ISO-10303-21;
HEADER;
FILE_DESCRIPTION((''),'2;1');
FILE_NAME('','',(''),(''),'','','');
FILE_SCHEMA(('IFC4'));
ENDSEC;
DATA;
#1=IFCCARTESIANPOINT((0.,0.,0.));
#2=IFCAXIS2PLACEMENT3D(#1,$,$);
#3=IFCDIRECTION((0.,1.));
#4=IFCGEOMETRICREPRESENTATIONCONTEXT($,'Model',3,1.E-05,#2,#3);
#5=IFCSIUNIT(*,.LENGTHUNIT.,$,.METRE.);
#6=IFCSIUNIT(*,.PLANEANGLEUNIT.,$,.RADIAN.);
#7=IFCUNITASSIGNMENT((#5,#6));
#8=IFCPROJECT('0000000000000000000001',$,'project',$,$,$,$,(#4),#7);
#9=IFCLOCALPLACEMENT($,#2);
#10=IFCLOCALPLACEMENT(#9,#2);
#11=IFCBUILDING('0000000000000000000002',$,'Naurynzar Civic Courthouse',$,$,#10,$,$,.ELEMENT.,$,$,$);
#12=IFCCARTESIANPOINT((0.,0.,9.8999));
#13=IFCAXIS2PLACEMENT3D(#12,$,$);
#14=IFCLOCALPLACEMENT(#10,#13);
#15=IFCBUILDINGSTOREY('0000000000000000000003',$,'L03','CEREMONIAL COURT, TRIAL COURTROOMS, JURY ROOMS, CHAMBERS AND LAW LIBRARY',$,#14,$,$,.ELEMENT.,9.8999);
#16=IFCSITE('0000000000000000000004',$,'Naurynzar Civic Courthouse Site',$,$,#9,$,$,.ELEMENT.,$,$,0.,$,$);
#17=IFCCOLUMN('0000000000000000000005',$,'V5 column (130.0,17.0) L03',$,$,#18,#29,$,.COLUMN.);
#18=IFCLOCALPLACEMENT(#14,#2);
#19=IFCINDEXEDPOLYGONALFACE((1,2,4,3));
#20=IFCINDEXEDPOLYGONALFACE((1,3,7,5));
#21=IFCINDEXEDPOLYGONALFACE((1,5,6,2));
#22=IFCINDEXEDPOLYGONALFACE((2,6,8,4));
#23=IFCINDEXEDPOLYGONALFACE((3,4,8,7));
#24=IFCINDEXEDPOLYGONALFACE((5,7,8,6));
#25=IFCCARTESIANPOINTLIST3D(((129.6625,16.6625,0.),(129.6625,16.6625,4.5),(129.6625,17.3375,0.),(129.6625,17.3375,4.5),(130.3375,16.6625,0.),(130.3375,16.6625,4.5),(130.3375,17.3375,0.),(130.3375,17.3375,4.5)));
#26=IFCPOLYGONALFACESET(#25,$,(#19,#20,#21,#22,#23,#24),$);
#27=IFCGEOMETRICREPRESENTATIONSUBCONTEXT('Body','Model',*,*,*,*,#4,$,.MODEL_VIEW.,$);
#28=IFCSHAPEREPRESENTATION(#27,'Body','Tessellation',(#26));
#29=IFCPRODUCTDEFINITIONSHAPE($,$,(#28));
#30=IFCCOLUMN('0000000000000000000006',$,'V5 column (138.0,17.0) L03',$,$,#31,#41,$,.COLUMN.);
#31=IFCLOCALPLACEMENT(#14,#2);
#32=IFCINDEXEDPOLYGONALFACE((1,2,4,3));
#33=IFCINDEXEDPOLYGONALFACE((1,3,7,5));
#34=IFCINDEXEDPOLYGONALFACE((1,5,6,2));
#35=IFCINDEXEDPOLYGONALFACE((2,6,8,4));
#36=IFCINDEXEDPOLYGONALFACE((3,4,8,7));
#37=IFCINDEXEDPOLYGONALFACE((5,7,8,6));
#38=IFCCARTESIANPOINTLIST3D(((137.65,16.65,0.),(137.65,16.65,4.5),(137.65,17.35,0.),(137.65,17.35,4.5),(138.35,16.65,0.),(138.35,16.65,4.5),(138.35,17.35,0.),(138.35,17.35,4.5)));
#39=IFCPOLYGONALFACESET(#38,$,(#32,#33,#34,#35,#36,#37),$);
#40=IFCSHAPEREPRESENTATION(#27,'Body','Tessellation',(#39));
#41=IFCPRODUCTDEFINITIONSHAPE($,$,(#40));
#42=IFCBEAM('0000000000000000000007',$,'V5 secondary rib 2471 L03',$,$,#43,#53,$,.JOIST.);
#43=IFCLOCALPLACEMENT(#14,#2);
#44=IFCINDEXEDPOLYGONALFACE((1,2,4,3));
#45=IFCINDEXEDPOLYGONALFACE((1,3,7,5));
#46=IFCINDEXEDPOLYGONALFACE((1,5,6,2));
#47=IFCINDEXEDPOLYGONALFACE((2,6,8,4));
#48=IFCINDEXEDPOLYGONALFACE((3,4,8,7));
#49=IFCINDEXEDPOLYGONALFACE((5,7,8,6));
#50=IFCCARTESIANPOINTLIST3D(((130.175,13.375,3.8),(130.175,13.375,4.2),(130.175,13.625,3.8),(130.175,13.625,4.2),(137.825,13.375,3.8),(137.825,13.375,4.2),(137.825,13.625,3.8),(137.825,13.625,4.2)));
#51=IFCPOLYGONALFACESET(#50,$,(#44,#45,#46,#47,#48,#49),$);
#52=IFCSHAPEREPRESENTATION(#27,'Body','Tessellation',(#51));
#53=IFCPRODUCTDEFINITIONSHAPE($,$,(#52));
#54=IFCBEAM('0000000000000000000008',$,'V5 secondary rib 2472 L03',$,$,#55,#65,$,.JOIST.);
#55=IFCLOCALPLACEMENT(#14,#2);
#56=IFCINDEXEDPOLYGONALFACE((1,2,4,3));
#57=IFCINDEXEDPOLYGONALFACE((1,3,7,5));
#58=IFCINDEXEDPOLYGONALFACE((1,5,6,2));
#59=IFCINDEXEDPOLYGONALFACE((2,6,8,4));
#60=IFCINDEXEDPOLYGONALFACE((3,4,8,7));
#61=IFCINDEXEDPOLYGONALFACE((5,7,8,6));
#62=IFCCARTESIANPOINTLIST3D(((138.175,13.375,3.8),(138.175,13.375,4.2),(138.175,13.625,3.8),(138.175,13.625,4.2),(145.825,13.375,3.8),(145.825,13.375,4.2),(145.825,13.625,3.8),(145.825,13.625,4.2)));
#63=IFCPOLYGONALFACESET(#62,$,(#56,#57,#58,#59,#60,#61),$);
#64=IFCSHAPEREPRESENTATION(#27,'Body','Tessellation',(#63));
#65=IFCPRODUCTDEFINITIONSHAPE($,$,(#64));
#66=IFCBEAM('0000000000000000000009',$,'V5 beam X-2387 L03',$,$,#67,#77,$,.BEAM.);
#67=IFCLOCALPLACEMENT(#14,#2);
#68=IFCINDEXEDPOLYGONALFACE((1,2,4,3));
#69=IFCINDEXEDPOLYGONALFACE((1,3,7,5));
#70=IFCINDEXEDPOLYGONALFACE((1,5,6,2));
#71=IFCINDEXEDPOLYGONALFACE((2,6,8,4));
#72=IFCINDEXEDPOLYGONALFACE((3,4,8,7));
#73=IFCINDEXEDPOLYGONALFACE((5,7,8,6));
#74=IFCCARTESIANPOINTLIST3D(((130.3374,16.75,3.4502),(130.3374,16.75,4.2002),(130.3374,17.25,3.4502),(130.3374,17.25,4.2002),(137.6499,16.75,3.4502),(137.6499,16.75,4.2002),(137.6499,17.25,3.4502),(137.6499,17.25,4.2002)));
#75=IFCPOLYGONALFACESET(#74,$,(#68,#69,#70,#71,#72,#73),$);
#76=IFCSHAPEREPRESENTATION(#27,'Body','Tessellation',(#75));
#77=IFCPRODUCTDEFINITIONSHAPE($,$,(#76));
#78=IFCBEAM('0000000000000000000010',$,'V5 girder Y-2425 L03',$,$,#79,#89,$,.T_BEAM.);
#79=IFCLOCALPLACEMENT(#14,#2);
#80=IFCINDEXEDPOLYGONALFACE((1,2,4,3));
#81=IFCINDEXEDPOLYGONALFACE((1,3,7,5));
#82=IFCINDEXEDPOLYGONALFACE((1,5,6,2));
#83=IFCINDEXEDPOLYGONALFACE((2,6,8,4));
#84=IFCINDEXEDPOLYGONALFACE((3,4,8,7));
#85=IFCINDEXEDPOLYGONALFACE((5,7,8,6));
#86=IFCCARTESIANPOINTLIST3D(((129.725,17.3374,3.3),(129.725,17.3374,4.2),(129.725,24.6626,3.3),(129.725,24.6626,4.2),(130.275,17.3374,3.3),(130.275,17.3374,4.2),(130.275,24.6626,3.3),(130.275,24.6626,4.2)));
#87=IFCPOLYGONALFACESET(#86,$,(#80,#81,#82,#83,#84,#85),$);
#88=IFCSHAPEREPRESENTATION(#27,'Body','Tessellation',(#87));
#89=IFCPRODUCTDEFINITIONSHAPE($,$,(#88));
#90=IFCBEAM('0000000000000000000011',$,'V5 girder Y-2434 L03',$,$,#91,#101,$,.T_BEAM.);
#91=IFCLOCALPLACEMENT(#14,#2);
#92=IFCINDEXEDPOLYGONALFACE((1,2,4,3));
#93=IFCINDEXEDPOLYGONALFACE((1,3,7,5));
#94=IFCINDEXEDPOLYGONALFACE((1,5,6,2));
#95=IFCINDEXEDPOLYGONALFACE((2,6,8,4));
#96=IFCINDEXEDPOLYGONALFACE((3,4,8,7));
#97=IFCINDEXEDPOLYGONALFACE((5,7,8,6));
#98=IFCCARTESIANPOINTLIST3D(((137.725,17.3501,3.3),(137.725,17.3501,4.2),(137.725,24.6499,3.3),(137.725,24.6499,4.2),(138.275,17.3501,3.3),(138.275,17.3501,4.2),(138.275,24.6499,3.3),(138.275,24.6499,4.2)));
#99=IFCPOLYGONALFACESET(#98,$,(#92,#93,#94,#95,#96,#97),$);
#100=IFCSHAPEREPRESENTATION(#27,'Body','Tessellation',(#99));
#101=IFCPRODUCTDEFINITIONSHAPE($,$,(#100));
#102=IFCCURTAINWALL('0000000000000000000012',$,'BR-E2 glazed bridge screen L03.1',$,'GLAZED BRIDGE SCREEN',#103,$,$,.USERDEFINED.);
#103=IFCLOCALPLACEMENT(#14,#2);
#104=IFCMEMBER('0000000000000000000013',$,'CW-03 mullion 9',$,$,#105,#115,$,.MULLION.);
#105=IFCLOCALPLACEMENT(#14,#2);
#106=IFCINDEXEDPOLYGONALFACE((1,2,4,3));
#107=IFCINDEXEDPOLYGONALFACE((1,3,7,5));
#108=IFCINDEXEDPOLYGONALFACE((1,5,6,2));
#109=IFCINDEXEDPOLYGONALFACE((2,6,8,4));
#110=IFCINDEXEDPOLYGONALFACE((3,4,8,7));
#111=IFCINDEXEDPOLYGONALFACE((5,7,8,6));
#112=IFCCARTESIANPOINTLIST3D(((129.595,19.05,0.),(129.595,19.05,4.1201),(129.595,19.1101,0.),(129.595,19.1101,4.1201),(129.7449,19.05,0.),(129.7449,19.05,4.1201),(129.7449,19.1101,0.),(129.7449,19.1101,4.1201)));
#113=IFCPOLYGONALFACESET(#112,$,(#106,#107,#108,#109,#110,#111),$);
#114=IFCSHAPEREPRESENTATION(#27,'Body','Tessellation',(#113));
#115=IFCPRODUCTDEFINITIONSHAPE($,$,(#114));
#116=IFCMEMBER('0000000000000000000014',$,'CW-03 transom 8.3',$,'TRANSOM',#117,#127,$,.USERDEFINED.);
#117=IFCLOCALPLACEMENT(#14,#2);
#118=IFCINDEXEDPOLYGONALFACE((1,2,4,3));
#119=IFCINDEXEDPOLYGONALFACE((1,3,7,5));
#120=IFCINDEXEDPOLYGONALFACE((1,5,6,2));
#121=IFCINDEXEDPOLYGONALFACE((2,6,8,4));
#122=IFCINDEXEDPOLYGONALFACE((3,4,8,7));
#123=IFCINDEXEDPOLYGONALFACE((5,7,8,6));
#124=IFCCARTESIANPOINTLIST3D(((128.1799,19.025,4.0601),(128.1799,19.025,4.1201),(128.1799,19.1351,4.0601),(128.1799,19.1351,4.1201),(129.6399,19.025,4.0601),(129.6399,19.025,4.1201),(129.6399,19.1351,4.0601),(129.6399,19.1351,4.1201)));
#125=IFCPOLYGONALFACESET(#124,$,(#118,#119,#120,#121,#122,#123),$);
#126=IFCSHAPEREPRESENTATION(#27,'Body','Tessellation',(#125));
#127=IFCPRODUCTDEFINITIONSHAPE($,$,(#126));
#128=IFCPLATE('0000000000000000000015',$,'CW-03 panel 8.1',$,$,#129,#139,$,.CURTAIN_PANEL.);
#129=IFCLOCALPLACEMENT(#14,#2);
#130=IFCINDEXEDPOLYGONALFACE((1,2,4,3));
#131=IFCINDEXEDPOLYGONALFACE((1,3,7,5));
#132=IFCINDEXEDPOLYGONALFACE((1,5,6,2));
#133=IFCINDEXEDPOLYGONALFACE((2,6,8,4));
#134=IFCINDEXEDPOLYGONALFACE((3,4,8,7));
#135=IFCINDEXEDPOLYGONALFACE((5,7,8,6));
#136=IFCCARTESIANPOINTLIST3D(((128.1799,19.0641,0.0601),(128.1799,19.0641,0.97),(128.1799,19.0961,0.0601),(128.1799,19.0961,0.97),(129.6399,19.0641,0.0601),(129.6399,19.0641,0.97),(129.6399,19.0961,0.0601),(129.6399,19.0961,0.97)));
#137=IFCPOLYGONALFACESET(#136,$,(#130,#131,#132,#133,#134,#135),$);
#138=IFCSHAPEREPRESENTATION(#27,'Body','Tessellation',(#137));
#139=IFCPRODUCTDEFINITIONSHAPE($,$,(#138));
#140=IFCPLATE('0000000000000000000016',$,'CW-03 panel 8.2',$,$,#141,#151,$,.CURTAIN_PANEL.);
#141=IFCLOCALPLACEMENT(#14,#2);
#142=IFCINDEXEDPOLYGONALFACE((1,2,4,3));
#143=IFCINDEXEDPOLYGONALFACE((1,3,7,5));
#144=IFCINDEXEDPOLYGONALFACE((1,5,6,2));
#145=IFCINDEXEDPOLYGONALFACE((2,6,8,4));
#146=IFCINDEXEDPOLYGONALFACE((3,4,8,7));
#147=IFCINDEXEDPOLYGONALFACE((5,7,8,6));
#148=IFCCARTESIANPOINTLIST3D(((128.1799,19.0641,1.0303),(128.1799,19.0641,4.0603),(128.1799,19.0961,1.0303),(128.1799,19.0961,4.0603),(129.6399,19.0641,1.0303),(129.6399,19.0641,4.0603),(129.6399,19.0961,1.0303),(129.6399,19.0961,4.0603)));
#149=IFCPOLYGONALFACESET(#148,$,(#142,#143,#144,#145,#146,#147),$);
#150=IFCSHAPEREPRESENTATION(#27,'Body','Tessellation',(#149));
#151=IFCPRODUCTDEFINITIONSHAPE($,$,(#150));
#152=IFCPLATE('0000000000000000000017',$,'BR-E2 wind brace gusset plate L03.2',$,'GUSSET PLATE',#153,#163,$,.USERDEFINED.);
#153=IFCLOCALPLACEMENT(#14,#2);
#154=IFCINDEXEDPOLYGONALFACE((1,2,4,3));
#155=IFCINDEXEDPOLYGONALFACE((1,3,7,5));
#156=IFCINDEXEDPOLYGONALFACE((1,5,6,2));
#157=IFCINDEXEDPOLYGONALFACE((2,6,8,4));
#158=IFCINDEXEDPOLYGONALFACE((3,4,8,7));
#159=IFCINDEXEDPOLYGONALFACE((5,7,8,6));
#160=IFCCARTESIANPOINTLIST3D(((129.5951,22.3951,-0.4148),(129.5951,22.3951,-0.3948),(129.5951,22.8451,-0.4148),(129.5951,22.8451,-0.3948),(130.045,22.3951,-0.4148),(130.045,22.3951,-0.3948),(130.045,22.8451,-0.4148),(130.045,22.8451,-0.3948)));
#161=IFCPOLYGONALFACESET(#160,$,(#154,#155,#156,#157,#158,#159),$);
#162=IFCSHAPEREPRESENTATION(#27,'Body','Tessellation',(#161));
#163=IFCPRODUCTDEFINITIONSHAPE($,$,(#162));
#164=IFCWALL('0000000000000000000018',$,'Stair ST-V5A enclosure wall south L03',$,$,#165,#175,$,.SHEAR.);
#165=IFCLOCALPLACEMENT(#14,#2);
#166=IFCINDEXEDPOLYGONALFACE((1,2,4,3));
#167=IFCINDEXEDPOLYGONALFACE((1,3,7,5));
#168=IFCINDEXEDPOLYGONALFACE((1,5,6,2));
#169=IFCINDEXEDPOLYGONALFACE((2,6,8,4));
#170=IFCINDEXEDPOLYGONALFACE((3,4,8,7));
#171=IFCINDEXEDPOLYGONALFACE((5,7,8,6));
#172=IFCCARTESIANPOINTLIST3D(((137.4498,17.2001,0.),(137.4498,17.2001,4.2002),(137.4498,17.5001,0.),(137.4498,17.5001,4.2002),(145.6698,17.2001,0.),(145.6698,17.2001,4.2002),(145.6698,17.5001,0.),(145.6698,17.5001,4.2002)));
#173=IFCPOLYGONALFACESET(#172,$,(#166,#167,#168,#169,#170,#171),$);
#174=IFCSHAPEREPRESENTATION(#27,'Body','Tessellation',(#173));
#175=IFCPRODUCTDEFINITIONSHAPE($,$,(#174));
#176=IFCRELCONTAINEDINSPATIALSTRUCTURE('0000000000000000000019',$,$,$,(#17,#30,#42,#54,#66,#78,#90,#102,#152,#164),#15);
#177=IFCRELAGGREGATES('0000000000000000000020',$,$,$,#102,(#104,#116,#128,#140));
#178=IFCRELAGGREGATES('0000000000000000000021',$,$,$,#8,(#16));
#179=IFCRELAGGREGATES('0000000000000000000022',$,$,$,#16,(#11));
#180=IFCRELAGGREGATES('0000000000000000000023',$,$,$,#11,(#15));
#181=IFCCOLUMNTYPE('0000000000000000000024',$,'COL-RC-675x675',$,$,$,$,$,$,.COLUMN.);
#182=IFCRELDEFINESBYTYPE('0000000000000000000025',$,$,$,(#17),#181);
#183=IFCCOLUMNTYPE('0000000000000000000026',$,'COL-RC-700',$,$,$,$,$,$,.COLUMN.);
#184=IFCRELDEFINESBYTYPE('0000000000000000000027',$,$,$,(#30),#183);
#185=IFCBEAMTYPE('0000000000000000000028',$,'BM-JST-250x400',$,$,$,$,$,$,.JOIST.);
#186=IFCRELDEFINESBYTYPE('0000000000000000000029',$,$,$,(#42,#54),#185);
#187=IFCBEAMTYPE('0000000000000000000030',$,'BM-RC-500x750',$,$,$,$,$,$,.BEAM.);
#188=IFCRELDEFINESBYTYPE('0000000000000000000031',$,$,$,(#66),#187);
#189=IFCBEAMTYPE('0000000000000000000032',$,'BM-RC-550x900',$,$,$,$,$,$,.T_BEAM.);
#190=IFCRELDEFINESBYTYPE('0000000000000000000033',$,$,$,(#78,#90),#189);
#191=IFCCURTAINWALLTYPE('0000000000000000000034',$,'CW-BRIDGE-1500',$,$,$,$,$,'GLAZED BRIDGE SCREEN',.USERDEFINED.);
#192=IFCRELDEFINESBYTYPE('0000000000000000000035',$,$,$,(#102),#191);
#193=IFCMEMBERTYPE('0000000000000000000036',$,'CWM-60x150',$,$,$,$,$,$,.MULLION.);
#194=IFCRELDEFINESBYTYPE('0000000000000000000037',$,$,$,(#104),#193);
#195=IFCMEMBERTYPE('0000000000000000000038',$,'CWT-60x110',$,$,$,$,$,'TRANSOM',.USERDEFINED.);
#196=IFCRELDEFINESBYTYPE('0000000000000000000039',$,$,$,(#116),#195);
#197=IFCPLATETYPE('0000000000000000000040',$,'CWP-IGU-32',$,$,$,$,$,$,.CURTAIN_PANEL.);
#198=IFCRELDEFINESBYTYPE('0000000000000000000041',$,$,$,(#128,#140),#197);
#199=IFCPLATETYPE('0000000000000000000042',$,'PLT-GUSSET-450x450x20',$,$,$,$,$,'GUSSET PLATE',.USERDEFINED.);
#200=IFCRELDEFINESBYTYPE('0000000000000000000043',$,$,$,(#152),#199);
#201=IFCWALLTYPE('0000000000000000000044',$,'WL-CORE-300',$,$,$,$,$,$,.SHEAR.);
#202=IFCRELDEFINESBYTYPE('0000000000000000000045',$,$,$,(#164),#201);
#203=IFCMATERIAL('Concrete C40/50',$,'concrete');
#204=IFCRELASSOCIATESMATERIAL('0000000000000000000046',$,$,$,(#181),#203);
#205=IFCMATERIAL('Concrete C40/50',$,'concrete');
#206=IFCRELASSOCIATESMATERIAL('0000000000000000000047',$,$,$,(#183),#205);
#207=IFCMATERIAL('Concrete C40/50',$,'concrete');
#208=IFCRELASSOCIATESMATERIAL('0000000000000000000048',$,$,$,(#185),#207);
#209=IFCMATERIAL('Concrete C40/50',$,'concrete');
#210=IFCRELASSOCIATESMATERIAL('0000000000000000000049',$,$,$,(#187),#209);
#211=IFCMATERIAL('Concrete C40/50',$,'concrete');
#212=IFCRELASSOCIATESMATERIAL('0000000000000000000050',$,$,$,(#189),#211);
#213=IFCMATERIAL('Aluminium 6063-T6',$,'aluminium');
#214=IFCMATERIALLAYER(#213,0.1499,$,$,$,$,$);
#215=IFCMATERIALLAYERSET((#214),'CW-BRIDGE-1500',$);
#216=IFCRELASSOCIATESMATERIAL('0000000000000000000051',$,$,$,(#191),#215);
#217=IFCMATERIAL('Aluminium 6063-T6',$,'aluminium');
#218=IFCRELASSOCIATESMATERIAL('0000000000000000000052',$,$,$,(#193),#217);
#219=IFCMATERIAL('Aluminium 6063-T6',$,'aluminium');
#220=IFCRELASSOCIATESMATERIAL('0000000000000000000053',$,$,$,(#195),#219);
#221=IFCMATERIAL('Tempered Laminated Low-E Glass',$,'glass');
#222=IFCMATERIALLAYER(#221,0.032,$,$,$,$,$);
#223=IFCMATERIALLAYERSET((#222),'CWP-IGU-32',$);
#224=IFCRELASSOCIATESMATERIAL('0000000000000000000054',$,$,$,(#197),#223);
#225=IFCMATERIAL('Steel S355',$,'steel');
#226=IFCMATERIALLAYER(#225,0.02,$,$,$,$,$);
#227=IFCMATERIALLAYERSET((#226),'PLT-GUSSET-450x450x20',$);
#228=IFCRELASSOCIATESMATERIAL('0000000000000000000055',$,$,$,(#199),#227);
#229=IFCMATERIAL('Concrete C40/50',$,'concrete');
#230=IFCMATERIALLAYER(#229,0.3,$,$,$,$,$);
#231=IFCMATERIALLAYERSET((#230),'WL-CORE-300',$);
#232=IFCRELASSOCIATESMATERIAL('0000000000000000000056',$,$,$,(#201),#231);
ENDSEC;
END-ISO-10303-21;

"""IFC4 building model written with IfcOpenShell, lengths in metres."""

from ifc_helpers import new_model, si_unit, direction, frame, frame_2d, origin, origin_2d, place, context, subcontext, project, spatial, rectangle, extrude, material, layer, layer_set, material_profile, profile_set, type_object, element, aggregate, save


model = new_model("IFC4")

# Units and contexts
model_context = context("Model", 3, precision=1e-05, world=origin(), true_north=direction((0.0, 1.0)))
body_context = subcontext(model_context, "Body", "Model", "MODEL_VIEW")
ifc_project = project(units=[si_unit("LENGTHUNIT", "METRE"), si_unit("PLANEANGLEUNIT", "RADIAN")], contexts=[model_context])

# Site, building, storey
site_placement = place(None, origin())
site = spatial("IfcSite", under=ifc_project, at=site_placement, Name="Naurynzar Civic Courthouse Site", CompositionType="ELEMENT", RefElevation=0.0)
building_placement = place(site_placement, origin())
building = spatial("IfcBuilding", under=site, at=building_placement, Name="Naurynzar Civic Courthouse", CompositionType="ELEMENT")
storey_placement = place(building_placement, frame((0.0, 0.0, 9.8999)))
storey = spatial("IfcBuildingStorey", under=building, at=storey_placement, Name="L03", Description="CEREMONIAL COURT, TRIAL COURTROOMS, JURY ROOMS, CHAMBERS AND LAW LIBRARY", CompositionType="ELEMENT", Elevation=9.8999)

# Columns
ifc_material_1 = material(Name="Concrete C40/50", Category="concrete")
ifc_material_profile_1 = material_profile(ifc_material_1, rectangle(XDim=0.675, YDim=0.675, at=origin_2d()), Name="RC 675x675")
ifc_profile_set_1 = profile_set([ifc_material_profile_1], Name="Concrete C40/50")
column_type_1 = type_object("IfcColumnType", Name="COL-RC-675x675", PredefinedType="COLUMN", material=ifc_profile_set_1)
column_1_placement = place(storey_placement, frame((130.0, 17.0, 0.0), z_axis=(0.0, 0.0, 1.0), x_axis=(1.0, 0.0, 0.0)))
element("IfcColumn", 1, at=column_1_placement, inside=storey, type_object=column_type_1, Name="V5 column (130.0,17.0) L03", PredefinedType="COLUMN", context=body_context, shape_type="SweptSolid", body=[
    extrude(rectangle(XDim=0.675, YDim=0.675, at=origin_2d()), origin(), (0.0, 0.0, 1.0), 4.5),
])
ifc_material_2 = material(Name="Concrete C40/50", Category="concrete")
ifc_material_profile_2 = material_profile(ifc_material_2, rectangle(XDim=0.7, YDim=0.7, at=origin_2d()), Name="RC 700x700")
ifc_profile_set_2 = profile_set([ifc_material_profile_2], Name="Concrete C40/50")
column_type_2 = type_object("IfcColumnType", Name="COL-RC-700", PredefinedType="COLUMN", material=ifc_profile_set_2)
column_2_placement = place(storey_placement, frame((138.0, 17.0, 0.0), z_axis=(0.0, 0.0, 1.0), x_axis=(1.0, 0.0, 0.0)))
element("IfcColumn", 2, at=column_2_placement, inside=storey, type_object=column_type_2, Name="V5 column (138.0,17.0) L03", PredefinedType="COLUMN", context=body_context, shape_type="SweptSolid", body=[
    extrude(rectangle(XDim=0.7, YDim=0.7, at=origin_2d()), origin(), (0.0, 0.0, 1.0), 4.5),
])

# Beams
ifc_material_3 = material(Name="Concrete C40/50", Category="concrete")
ifc_material_profile_3 = material_profile(ifc_material_3, rectangle(XDim=0.25, YDim=0.3999, at=origin_2d()), Name="RCB 250x400")
ifc_profile_set_3 = profile_set([ifc_material_profile_3], Name="Concrete C40/50")
beam_type_1 = type_object("IfcBeamType", Name="BM-JST-250x400", PredefinedType="JOIST", material=ifc_profile_set_3)
for number, where, z_axis, x_axis, name in (
    (3, (130.175, 13.5, 4.0), (1.0, 0.0, 0.0), (0.0, 1.0, 0.0), "V5 secondary rib 2471 L03"),
    (4, (138.175, 13.5, 4.0), (1.0, 0.0, 0.0), (0.0, 1.0, 0.0), "V5 secondary rib 2472 L03"),
):
    element("IfcBeam", number, at=place(storey_placement, frame(where, z_axis=z_axis, x_axis=x_axis)), inside=storey, type_object=beam_type_1, Name=name, PredefinedType="JOIST", context=body_context, shape_type="SweptSolid", body=[
        extrude(rectangle(XDim=0.25, YDim=0.3999, at=origin_2d()), origin(), (0.0, 0.0, 1.0), 7.6499),
    ])
ifc_material_4 = material(Name="Concrete C40/50", Category="concrete")
ifc_material_profile_4 = material_profile(ifc_material_4, rectangle(XDim=0.5, YDim=0.75, at=origin_2d()), Name="RCB 500x750")
ifc_profile_set_4 = profile_set([ifc_material_profile_4], Name="Concrete C40/50")
beam_type_2 = type_object("IfcBeamType", Name="BM-RC-500x750", PredefinedType="BEAM", material=ifc_profile_set_4)
beam_1_placement = place(storey_placement, frame((130.3374, 17.0, 3.8252), z_axis=(1.0, 0.0, 0.0), x_axis=(0.0, 1.0, 0.0)))
element("IfcBeam", 5, at=beam_1_placement, inside=storey, type_object=beam_type_2, Name="V5 beam X-2387 L03", PredefinedType="BEAM", context=body_context, shape_type="SweptSolid", body=[
    extrude(rectangle(XDim=0.5, YDim=0.75, at=origin_2d()), origin(), (0.0, 0.0, 1.0), 7.3125),
])
ifc_material_5 = material(Name="Concrete C40/50", Category="concrete")
ifc_material_profile_5 = material_profile(ifc_material_5, rectangle(XDim=0.55, YDim=0.8999, at=origin_2d()), Name="RCB 550x900")
ifc_profile_set_5 = profile_set([ifc_material_profile_5], Name="Concrete C40/50")
beam_type_3 = type_object("IfcBeamType", Name="BM-RC-550x900", PredefinedType="T_BEAM", material=ifc_profile_set_5)
beam_2_placement = place(storey_placement, frame((130.0, 17.3374, 3.75), z_axis=(0.0, 1.0, 0.0), x_axis=(-1.0, 0.0, 0.0)))
element("IfcBeam", 6, at=beam_2_placement, inside=storey, type_object=beam_type_3, Name="V5 girder Y-2425 L03", PredefinedType="T_BEAM", context=body_context, shape_type="SweptSolid", body=[
    extrude(rectangle(XDim=0.55, YDim=0.8999, at=origin_2d()), origin(), (0.0, 0.0, 1.0), 7.3252),
])
beam_3_placement = place(storey_placement, frame((138.0, 17.3501, 3.75), z_axis=(0.0, 1.0, 0.0), x_axis=(-1.0, 0.0, 0.0)))
element("IfcBeam", 7, at=beam_3_placement, inside=storey, type_object=beam_type_3, Name="V5 girder Y-2434 L03", PredefinedType="T_BEAM", context=body_context, shape_type="SweptSolid", body=[
    extrude(rectangle(XDim=0.55, YDim=0.8999, at=origin_2d()), origin(), (0.0, 0.0, 1.0), 7.2998),
])

# Curtain wall, members, plates
ifc_material_6 = material(Name="Aluminium 6063-T6", Category="aluminium")
ifc_layer_1 = layer(ifc_material_6, 0.1499)
ifc_layer_set_1 = layer_set([ifc_layer_1], Name="CW-BRIDGE-1500")
curtain_wall_type = type_object("IfcCurtainWallType", Name="CW-BRIDGE-1500", ElementType="GLAZED BRIDGE SCREEN", PredefinedType="USERDEFINED", material=ifc_layer_set_1)
curtain_wall_placement = place(storey_placement, origin())
curtain_wall = element("IfcCurtainWall", 8, at=curtain_wall_placement, inside=storey, type_object=curtain_wall_type, Name="BR-E2 glazed bridge screen L03.1", ObjectType="GLAZED BRIDGE SCREEN", PredefinedType="USERDEFINED")
ifc_material_7 = material(Name="Aluminium 6063-T6", Category="aluminium")
ifc_material_profile_6 = material_profile(ifc_material_7, rectangle(XDim=0.0601, YDim=0.1499, at=origin_2d()), Name="ALU MULLION 60x150")
ifc_profile_set_6 = profile_set([ifc_material_profile_6], Name="Aluminium 6063-T6")
member_type_1 = type_object("IfcMemberType", Name="CWM-60x150", PredefinedType="MULLION", material=ifc_profile_set_6)
member_1_placement = place(storey_placement, frame((129.6699, 19.0801, 0.0), z_axis=(0.0, 0.0, 1.0), x_axis=(0.0, 1.0, 0.0)))
member_1 = element("IfcMember", 9, at=member_1_placement, type_object=member_type_1, Name="CW-03 mullion 9", PredefinedType="MULLION", context=body_context, shape_type="SweptSolid", body=[
    extrude(rectangle(XDim=0.0601, YDim=0.1499, at=origin_2d()), origin(), (0.0, 0.0, 1.0), 4.1201),
])
ifc_material_8 = material(Name="Aluminium 6063-T6", Category="aluminium")
ifc_material_profile_7 = material_profile(ifc_material_8, rectangle(XDim=0.1101, YDim=0.0601, at=origin_2d()), Name="ALU TRANSOM 60x110")
ifc_profile_set_7 = profile_set([ifc_material_profile_7], Name="Aluminium 6063-T6")
member_type_2 = type_object("IfcMemberType", Name="CWT-60x110", ElementType="TRANSOM", PredefinedType="USERDEFINED", material=ifc_profile_set_7)
member_2_placement = place(storey_placement, frame((128.1799, 19.0801, 4.0901), z_axis=(1.0, 0.0, 0.0), x_axis=(0.0, 1.0, 0.0)))
member_2 = element("IfcMember", 10, at=member_2_placement, type_object=member_type_2, Name="CW-03 transom 8.3", ObjectType="TRANSOM", PredefinedType="USERDEFINED", context=body_context, shape_type="SweptSolid", body=[
    extrude(rectangle(XDim=0.1101, YDim=0.0601, at=origin_2d()), origin(), (0.0, 0.0, 1.0), 1.46),
])
ifc_material_9 = material(Name="Tempered Laminated Low-E Glass", Category="glass")
ifc_layer_2 = layer(ifc_material_9, 0.032)
ifc_layer_set_2 = layer_set([ifc_layer_2], Name="CWP-IGU-32")
plate_type_1 = type_object("IfcPlateType", Name="CWP-IGU-32", PredefinedType="CURTAIN_PANEL", material=ifc_layer_set_2)
plate_1_placement = place(storey_placement, frame((128.9099, 19.0801, 0.0601), z_axis=(0.0, 0.0, 1.0), x_axis=(1.0, 0.0, 0.0)))
plate_1 = element("IfcPlate", 11, at=plate_1_placement, type_object=plate_type_1, Name="CW-03 panel 8.1", PredefinedType="CURTAIN_PANEL", context=body_context, shape_type="SweptSolid", body=[
    extrude(rectangle(XDim=1.46, YDim=0.032, at=origin_2d()), origin(), (0.0, 0.0, 1.0), 0.9099),
])
plate_2_placement = place(storey_placement, frame((128.9099, 19.0801, 1.0303), z_axis=(0.0, 0.0, 1.0), x_axis=(1.0, 0.0, 0.0)))
plate_2 = element("IfcPlate", 12, at=plate_2_placement, type_object=plate_type_1, Name="CW-03 panel 8.2", PredefinedType="CURTAIN_PANEL", context=body_context, shape_type="SweptSolid", body=[
    extrude(rectangle(XDim=1.46, YDim=0.032, at=origin_2d()), origin(), (0.0, 0.0, 1.0), 3.03),
])
aggregate(curtain_wall, [member_1, member_2, plate_1, plate_2])

# Plate
ifc_material_10 = material(Name="Steel S355", Category="steel")
ifc_layer_3 = layer(ifc_material_10, 0.02)
ifc_layer_set_3 = layer_set([ifc_layer_3], Name="PLT-GUSSET-450x450x20")
plate_type_2 = type_object("IfcPlateType", Name="PLT-GUSSET-450x450x20", ElementType="GUSSET PLATE", PredefinedType="USERDEFINED", material=ifc_layer_set_3)
plate_3_placement = place(storey_placement, frame((129.8201, 22.6201, -0.4148), z_axis=(0.0, 0.0, 1.0), x_axis=(1.0, 0.0, 0.0)))
element("IfcPlate", 13, at=plate_3_placement, inside=storey, type_object=plate_type_2, Name="BR-E2 wind brace gusset plate L03.2", ObjectType="GUSSET PLATE", PredefinedType="USERDEFINED", context=body_context, shape_type="SweptSolid", body=[
    extrude(rectangle(XDim=0.45, YDim=0.45, at=origin_2d()), origin(), (0.0, 0.0, 1.0), 0.02),
])

# Wall
ifc_material_11 = material(Name="Concrete C40/50", Category="concrete")
ifc_layer_4 = layer(ifc_material_11, 0.3)
ifc_layer_set_4 = layer_set([ifc_layer_4], Name="WL-CORE-300")
wall_type_1 = type_object("IfcWallType", Name="WL-CORE-300", PredefinedType="SHEAR", material=ifc_layer_set_4)
wall_1_placement = place(storey_placement, frame((137.45, 17.3501, 0.0), z_axis=(0.0, 0.0, 1.0), x_axis=(1.0, 0.0, 0.0)))
element("IfcWall", 14, at=wall_1_placement, inside=storey, type_object=wall_type_1, Name="Stair ST-V5A enclosure wall south L03", PredefinedType="SHEAR", context=body_context, shape_type="SweptSolid", body=[
    extrude(rectangle(XDim=8.22, YDim=0.3, at=frame_2d((4.1099, 0.0))), origin(), (0.0, 0.0, 1.0), 4.2002),
])

save(model, "model.ifc")
